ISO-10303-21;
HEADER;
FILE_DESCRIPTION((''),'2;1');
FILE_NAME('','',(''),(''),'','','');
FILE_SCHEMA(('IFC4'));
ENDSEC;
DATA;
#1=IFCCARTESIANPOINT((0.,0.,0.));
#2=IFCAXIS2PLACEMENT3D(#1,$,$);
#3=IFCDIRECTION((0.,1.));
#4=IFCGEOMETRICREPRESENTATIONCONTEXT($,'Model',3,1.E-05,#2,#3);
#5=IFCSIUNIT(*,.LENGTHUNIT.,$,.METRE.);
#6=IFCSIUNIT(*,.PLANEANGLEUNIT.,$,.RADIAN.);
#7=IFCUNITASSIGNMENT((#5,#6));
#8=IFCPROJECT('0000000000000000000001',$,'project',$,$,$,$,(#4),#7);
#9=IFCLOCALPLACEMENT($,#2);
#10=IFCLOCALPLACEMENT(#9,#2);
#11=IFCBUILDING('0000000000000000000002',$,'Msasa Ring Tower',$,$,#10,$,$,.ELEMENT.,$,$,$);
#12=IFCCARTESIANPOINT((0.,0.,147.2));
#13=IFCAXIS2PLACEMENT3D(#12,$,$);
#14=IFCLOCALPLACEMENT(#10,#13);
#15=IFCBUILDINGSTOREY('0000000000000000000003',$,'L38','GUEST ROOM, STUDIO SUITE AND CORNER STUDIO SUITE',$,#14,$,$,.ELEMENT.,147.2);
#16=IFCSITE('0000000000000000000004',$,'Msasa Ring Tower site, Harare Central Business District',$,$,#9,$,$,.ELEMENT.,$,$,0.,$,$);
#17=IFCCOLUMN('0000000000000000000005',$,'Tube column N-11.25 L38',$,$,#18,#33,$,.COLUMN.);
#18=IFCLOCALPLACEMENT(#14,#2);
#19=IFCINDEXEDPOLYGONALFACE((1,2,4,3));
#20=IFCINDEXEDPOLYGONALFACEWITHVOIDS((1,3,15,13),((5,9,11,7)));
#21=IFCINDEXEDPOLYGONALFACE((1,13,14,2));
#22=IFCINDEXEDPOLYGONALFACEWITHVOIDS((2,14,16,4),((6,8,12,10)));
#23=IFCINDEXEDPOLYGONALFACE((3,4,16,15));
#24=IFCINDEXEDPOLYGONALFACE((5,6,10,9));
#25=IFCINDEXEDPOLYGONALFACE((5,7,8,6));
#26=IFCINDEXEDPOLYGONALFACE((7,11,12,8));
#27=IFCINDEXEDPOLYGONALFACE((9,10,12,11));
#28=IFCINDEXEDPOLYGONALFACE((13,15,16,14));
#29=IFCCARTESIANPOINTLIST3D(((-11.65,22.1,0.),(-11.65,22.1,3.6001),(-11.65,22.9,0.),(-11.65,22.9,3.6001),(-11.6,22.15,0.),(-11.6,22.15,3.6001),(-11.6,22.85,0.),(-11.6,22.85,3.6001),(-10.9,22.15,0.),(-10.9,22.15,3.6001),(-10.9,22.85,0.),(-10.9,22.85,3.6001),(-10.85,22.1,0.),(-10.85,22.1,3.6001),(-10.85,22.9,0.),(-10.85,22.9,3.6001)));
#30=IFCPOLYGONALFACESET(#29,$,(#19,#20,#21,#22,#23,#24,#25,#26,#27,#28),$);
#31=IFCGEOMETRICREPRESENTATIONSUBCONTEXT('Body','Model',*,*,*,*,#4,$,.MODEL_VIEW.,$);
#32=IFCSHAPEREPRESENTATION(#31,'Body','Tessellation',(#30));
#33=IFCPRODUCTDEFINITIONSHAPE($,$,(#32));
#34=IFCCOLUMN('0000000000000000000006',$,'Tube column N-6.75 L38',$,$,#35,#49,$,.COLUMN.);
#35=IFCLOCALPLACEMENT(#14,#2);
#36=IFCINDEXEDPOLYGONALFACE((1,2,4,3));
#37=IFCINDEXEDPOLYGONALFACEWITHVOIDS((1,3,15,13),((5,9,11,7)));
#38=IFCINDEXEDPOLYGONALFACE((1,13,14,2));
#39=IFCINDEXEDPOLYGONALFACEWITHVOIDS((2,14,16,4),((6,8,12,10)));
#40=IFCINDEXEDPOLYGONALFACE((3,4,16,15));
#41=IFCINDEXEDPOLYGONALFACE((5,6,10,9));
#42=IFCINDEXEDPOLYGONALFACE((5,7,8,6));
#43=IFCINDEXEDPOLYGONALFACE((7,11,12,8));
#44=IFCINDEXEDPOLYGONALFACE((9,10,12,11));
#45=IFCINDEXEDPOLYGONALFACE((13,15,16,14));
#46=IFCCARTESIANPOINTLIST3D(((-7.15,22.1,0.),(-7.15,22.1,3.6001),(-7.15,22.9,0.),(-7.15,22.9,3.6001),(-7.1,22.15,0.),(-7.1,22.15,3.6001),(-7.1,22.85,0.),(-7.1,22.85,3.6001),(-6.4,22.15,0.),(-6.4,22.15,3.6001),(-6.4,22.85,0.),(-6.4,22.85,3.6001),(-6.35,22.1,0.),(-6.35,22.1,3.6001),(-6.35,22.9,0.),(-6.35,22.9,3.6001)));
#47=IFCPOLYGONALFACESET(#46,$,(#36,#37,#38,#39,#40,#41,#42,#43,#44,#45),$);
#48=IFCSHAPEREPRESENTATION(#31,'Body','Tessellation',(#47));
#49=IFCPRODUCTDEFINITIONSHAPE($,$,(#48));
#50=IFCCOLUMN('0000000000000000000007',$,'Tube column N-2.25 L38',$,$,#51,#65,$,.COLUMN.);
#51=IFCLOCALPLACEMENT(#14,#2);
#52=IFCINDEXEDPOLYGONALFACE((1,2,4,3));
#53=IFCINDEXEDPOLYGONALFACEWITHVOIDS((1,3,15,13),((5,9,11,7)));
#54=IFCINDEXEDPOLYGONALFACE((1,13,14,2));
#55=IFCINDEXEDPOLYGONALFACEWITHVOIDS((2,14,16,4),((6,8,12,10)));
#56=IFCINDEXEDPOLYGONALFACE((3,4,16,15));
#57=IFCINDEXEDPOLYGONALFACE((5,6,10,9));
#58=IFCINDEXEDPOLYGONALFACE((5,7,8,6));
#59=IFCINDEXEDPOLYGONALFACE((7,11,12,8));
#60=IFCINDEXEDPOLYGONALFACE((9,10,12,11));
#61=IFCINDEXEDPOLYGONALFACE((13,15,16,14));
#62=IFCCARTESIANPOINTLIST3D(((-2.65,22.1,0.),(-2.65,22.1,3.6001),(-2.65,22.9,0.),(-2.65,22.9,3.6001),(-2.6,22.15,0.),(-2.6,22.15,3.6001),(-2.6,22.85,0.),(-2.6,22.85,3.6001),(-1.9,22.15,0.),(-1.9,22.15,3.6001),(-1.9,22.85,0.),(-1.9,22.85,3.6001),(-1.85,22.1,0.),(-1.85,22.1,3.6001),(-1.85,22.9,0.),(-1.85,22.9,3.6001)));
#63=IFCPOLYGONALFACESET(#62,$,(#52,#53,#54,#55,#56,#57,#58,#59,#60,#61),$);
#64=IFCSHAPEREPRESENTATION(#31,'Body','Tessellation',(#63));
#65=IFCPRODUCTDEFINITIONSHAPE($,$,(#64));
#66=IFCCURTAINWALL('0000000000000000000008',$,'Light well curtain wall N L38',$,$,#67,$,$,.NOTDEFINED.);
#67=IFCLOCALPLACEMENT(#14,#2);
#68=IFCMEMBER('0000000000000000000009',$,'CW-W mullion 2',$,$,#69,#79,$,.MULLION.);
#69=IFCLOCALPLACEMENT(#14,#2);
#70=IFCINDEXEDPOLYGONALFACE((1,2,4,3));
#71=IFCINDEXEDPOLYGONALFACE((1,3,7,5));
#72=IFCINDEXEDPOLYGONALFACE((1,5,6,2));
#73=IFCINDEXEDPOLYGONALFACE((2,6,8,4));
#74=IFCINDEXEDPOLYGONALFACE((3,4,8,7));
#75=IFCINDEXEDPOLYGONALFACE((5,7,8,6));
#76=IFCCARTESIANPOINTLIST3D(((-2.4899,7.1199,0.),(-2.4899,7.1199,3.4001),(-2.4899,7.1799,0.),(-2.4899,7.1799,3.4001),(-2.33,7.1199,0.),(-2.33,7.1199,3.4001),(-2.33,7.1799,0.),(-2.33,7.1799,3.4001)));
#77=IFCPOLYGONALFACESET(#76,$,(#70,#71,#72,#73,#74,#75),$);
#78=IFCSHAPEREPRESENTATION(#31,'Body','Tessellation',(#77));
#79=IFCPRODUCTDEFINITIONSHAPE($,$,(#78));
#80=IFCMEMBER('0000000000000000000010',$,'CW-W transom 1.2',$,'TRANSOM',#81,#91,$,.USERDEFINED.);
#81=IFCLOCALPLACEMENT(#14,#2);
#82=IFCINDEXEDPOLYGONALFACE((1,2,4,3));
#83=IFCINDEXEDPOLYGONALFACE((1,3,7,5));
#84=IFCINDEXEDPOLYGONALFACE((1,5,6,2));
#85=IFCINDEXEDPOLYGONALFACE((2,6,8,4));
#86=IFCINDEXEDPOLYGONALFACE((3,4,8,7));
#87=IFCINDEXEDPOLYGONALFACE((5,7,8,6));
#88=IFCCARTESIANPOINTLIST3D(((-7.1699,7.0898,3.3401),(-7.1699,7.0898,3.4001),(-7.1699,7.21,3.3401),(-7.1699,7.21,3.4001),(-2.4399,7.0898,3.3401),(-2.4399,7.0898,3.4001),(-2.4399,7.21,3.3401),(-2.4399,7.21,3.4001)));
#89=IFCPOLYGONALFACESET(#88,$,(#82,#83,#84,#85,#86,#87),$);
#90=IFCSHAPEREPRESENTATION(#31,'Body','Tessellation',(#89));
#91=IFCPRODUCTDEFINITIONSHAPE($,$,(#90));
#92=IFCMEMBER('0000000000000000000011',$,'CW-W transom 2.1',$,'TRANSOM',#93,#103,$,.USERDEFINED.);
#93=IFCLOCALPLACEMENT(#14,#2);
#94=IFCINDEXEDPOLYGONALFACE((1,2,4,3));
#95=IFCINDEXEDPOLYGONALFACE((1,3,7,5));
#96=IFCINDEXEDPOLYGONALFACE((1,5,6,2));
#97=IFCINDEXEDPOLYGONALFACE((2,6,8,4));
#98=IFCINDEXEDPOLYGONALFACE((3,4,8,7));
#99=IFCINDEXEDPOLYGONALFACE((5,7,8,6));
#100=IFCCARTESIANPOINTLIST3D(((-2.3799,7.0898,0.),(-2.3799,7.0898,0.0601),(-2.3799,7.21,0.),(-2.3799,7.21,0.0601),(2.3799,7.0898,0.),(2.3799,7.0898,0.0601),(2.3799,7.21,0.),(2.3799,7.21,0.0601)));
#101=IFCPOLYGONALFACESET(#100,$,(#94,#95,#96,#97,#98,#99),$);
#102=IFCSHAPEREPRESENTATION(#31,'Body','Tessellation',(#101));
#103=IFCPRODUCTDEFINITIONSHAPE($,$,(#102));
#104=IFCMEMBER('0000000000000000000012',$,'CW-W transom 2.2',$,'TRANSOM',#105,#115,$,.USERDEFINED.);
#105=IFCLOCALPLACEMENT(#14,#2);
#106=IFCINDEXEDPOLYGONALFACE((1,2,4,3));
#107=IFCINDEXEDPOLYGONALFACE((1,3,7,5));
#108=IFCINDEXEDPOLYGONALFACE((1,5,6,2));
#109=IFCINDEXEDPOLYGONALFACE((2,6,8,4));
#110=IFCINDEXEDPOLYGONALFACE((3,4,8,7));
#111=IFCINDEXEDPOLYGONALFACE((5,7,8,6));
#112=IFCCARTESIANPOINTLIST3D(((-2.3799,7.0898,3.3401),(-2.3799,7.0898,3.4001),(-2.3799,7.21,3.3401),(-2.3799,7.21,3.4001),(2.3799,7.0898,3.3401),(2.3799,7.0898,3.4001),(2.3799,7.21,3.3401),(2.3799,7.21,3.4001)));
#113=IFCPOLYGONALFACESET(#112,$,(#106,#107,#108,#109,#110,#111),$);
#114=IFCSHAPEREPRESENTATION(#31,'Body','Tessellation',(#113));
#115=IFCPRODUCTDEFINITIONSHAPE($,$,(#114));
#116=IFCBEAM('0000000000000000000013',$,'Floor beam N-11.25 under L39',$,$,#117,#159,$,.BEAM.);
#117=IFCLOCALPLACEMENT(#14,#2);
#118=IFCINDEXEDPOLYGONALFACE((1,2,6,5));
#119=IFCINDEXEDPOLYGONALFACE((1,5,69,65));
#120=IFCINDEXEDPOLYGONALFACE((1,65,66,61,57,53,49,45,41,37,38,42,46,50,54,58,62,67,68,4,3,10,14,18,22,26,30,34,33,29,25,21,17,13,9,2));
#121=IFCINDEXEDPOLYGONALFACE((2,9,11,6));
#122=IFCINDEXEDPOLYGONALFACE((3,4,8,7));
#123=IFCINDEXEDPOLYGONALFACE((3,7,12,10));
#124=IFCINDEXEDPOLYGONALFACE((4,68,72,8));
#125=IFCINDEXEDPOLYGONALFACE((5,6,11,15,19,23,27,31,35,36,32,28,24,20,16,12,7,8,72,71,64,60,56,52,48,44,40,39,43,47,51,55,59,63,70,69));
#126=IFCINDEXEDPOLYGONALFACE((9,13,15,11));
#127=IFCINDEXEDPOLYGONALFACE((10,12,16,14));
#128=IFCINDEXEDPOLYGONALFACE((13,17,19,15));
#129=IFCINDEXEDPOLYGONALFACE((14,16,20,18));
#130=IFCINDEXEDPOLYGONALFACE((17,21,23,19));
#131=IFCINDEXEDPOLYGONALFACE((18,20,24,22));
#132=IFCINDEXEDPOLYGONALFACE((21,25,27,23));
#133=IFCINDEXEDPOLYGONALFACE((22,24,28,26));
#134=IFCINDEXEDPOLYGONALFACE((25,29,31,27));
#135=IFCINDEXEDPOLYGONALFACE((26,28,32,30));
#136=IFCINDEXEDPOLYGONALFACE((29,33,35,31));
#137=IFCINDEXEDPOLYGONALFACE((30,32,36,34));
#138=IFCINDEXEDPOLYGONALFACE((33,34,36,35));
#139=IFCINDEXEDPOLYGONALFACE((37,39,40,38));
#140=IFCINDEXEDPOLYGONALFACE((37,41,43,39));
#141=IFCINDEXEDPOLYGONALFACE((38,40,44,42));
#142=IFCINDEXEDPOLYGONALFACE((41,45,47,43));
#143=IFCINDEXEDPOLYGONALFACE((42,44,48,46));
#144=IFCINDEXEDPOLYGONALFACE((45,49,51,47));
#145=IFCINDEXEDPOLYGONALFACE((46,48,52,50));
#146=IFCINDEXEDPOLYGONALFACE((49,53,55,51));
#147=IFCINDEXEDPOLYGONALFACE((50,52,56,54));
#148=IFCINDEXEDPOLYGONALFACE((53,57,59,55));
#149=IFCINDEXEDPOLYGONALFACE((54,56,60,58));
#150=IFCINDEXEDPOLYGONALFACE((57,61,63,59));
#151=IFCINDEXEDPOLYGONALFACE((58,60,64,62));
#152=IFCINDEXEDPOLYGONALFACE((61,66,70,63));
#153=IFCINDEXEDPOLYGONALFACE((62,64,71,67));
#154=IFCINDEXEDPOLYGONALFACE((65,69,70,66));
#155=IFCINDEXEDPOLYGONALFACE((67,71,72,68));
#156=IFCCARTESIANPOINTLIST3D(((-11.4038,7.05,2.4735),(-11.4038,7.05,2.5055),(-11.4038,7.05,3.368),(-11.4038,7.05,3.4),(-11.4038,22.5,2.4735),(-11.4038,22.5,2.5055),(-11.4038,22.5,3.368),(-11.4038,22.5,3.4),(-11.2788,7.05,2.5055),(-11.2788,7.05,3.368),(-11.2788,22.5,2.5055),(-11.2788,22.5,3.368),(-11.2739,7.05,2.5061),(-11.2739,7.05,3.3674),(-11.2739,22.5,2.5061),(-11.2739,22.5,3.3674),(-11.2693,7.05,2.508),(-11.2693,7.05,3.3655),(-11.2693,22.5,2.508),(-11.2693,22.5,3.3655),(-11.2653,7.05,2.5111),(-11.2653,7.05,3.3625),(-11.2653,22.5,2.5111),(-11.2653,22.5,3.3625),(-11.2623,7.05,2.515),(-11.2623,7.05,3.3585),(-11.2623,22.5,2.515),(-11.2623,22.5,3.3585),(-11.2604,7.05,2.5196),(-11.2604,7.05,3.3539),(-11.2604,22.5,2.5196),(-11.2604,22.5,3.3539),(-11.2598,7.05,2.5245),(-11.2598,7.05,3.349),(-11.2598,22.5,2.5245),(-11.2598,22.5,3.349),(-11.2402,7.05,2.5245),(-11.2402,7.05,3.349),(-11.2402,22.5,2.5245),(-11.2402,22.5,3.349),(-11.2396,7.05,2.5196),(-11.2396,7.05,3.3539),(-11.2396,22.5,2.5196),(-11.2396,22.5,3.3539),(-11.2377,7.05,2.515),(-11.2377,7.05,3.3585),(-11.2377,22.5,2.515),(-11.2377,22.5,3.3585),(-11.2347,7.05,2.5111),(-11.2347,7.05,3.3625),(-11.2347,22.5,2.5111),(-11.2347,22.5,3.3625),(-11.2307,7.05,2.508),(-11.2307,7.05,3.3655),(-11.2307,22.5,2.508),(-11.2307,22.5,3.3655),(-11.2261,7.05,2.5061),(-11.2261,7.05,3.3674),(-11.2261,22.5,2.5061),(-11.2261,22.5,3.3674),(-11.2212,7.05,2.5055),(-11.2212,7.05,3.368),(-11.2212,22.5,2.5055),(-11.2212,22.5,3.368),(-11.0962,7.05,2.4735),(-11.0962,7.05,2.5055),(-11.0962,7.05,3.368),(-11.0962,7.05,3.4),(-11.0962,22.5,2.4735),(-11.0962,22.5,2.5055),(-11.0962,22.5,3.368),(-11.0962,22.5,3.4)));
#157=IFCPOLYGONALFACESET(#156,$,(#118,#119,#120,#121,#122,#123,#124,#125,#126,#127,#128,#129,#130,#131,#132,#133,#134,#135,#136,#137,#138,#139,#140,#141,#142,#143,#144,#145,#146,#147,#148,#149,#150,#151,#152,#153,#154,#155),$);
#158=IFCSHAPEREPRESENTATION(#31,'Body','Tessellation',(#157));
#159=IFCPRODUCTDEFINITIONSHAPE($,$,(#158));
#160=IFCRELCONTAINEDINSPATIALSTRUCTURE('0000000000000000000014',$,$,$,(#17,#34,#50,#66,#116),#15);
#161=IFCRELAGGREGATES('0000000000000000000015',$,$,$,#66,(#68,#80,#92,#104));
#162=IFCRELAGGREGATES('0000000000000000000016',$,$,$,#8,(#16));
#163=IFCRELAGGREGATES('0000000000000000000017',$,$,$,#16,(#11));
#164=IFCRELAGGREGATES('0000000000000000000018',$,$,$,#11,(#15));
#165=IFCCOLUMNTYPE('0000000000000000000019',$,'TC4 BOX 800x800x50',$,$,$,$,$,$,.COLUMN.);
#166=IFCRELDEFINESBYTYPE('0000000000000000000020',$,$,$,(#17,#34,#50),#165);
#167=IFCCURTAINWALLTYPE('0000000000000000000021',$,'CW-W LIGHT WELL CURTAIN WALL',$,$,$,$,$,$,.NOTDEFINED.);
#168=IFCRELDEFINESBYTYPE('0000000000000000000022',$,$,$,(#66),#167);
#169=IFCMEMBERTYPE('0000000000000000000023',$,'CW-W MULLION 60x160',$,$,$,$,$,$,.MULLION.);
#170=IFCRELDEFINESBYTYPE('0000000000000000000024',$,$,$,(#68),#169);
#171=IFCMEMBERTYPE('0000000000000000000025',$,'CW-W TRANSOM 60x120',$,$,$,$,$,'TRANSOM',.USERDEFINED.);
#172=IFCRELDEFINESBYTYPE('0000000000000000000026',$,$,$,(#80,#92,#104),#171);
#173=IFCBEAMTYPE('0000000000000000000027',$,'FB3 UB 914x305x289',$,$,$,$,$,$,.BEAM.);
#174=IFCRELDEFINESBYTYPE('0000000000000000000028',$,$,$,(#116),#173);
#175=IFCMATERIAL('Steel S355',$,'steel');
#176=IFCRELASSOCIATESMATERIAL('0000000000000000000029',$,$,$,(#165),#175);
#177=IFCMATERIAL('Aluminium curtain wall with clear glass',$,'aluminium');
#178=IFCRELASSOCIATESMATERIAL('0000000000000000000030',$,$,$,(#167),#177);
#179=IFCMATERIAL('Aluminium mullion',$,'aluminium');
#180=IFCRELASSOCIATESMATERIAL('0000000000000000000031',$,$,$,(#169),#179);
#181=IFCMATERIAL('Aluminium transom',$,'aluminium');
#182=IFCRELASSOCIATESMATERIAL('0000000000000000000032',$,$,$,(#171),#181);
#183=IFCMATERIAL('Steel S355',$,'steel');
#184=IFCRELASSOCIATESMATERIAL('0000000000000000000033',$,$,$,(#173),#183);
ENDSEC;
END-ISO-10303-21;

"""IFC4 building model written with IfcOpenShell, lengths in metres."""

from ifc_helpers import new_model, si_unit, direction, frame, origin, origin_2d, place, context, subcontext, project, spatial, rectangle, hollow_rectangle, i_section, extrude, material, material_profile, profile_set, type_object, element, aggregate, save


model = new_model("IFC4")

# Units and contexts
model_context = context("Model", 3, precision=1e-05, world=origin(), true_north=direction((0.0, 1.0)))
body_context = subcontext(model_context, "Body", "Model", "MODEL_VIEW")
ifc_project = project(units=[si_unit("LENGTHUNIT", "METRE"), si_unit("PLANEANGLEUNIT", "RADIAN")], contexts=[model_context])

# Site, building, storey
site_placement = place(None, origin())
site = spatial("IfcSite", under=ifc_project, at=site_placement, Name="Msasa Ring Tower site, Harare Central Business District", CompositionType="ELEMENT", RefElevation=0.0)
building_placement = place(site_placement, origin())
building = spatial("IfcBuilding", under=site, at=building_placement, Name="Msasa Ring Tower", CompositionType="ELEMENT")
storey_placement = place(building_placement, frame((0.0, 0.0, 147.2)))
storey = spatial("IfcBuildingStorey", under=building, at=storey_placement, Name="L38", Description="GUEST ROOM, STUDIO SUITE AND CORNER STUDIO SUITE", CompositionType="ELEMENT", Elevation=147.2)

# Columns
ifc_material_1 = material(Name="Steel S355", Category="steel")
ifc_material_profile_1 = material_profile(ifc_material_1, hollow_rectangle(XDim=0.8, YDim=0.8, WallThickness=0.05, at=origin_2d()), Name="BOX 800x800x50")
ifc_profile_set_1 = profile_set([ifc_material_profile_1], Name="Steel S355")
column_type = type_object("IfcColumnType", Name="TC4 BOX 800x800x50", PredefinedType="COLUMN", material=ifc_profile_set_1)
for number, where, z_axis, x_axis, name in (
    (1, (-11.25, 22.5, 0.0), (0.0, 0.0, 1.0), (0.0, 1.0, 0.0), "Tube column N-11.25 L38"),
    (2, (-6.75, 22.5, 0.0), (0.0, 0.0, 1.0), (0.0, 1.0, 0.0), "Tube column N-6.75 L38"),
    (3, (-2.25, 22.5, 0.0), (0.0, 0.0, 1.0), (0.0, 1.0, 0.0), "Tube column N-2.25 L38"),
):
    element("IfcColumn", number, at=place(storey_placement, frame(where, z_axis=z_axis, x_axis=x_axis)), inside=storey, type_object=column_type, Name=name, PredefinedType="COLUMN", context=body_context, shape_type="SweptSolid", body=[
        extrude(hollow_rectangle(XDim=0.8, YDim=0.8, WallThickness=0.05, at=origin_2d()), origin(), (0.0, 0.0, 1.0), 3.6001),
    ])

# Curtain wall, members
ifc_material_2 = material(Name="Aluminium curtain wall with clear glass", Category="aluminium")
curtain_wall_type = type_object("IfcCurtainWallType", Name="CW-W LIGHT WELL CURTAIN WALL", PredefinedType="NOTDEFINED", material=ifc_material_2)
curtain_wall_placement = place(storey_placement, origin())
curtain_wall = element("IfcCurtainWall", 4, at=curtain_wall_placement, inside=storey, type_object=curtain_wall_type, Name="Light well curtain wall N L38", PredefinedType="NOTDEFINED")
ifc_material_3 = material(Name="Aluminium mullion", Category="aluminium")
ifc_material_profile_2 = material_profile(ifc_material_3, rectangle(XDim=0.0601, YDim=0.1599, at=origin_2d()), Name="AL 60x160")
ifc_profile_set_2 = profile_set([ifc_material_profile_2], Name="Aluminium mullion")
member_type_1 = type_object("IfcMemberType", Name="CW-W MULLION 60x160", PredefinedType="MULLION", material=ifc_profile_set_2)
member_1_placement = place(storey_placement, frame((-2.4099, 7.1499, 0.0), z_axis=(0.0, 0.0, 1.0), x_axis=(0.0, 1.0, 0.0)))
member_1 = element("IfcMember", 5, at=member_1_placement, type_object=member_type_1, Name="CW-W mullion 2", PredefinedType="MULLION", context=body_context, shape_type="SweptSolid", body=[
    extrude(rectangle(XDim=0.0601, YDim=0.1599, at=origin_2d()), origin(), (0.0, 0.0, 1.0), 3.4001),
])
ifc_material_4 = material(Name="Aluminium transom", Category="aluminium")
ifc_material_profile_3 = material_profile(ifc_material_4, rectangle(XDim=0.1201, YDim=0.0601, at=origin_2d()), Name="AL 60x120")
ifc_profile_set_3 = profile_set([ifc_material_profile_3], Name="Aluminium transom")
member_type_2 = type_object("IfcMemberType", Name="CW-W TRANSOM 60x120", ElementType="TRANSOM", PredefinedType="USERDEFINED", material=ifc_profile_set_3)
member_2_placement = place(storey_placement, frame((-7.1699, 7.1499, 3.3701), z_axis=(1.0, 0.0, 0.0), x_axis=(0.0, 1.0, 0.0)))
member_2 = element("IfcMember", 6, at=member_2_placement, type_object=member_type_2, Name="CW-W transom 1.2", ObjectType="TRANSOM", PredefinedType="USERDEFINED", context=body_context, shape_type="SweptSolid", body=[
    extrude(rectangle(XDim=0.1201, YDim=0.0601, at=origin_2d()), origin(), (0.0, 0.0, 1.0), 4.73),
])
member_3_placement = place(storey_placement, frame((-2.3799, 7.1499, 0.03), z_axis=(1.0, 0.0, 0.0), x_axis=(0.0, 1.0, 0.0)))
member_3 = element("IfcMember", 7, at=member_3_placement, type_object=member_type_2, Name="CW-W transom 2.1", ObjectType="TRANSOM", PredefinedType="USERDEFINED", context=body_context, shape_type="SweptSolid", body=[
    extrude(rectangle(XDim=0.1201, YDim=0.0601, at=origin_2d()), origin(), (0.0, 0.0, 1.0), 4.7598),
])
member_4_placement = place(storey_placement, frame((-2.3799, 7.1499, 3.3701), z_axis=(1.0, 0.0, 0.0), x_axis=(0.0, 1.0, 0.0)))
member_4 = element("IfcMember", 8, at=member_4_placement, type_object=member_type_2, Name="CW-W transom 2.2", ObjectType="TRANSOM", PredefinedType="USERDEFINED", context=body_context, shape_type="SweptSolid", body=[
    extrude(rectangle(XDim=0.1201, YDim=0.0601, at=origin_2d()), origin(), (0.0, 0.0, 1.0), 4.7598),
])

# Beam
ifc_material_5 = material(Name="Steel S355", Category="steel")
ifc_material_profile_4 = material_profile(ifc_material_5, i_section(OverallWidth=0.3076, OverallDepth=0.9265, WebThickness=0.0195, FlangeThickness=0.032, FilletRadius=0.019, at=origin_2d()), Name="UB 914x305x289")
ifc_profile_set_4 = profile_set([ifc_material_profile_4], Name="Steel S355")
beam_type_1 = type_object("IfcBeamType", Name="FB3 UB 914x305x289", PredefinedType="BEAM", material=ifc_profile_set_4)
beam_placement = place(storey_placement, frame((-11.25, 22.5, 2.9368), z_axis=(0.0, -1.0, 0.0), x_axis=(1.0, 0.0, 0.0)))
element("IfcBeam", 9, at=beam_placement, inside=storey, type_object=beam_type_1, Name="Floor beam N-11.25 under L39", PredefinedType="BEAM", context=body_context, shape_type="SweptSolid", body=[
    extrude(i_section(OverallWidth=0.3076, OverallDepth=0.9265, WebThickness=0.0195, FlangeThickness=0.032, FilletRadius=0.019, at=origin_2d()), origin(), (0.0, 0.0, 1.0), 15.45),
])

aggregate(curtain_wall, [member_1, member_2, member_3, member_4])

save(model, "model.ifc")
